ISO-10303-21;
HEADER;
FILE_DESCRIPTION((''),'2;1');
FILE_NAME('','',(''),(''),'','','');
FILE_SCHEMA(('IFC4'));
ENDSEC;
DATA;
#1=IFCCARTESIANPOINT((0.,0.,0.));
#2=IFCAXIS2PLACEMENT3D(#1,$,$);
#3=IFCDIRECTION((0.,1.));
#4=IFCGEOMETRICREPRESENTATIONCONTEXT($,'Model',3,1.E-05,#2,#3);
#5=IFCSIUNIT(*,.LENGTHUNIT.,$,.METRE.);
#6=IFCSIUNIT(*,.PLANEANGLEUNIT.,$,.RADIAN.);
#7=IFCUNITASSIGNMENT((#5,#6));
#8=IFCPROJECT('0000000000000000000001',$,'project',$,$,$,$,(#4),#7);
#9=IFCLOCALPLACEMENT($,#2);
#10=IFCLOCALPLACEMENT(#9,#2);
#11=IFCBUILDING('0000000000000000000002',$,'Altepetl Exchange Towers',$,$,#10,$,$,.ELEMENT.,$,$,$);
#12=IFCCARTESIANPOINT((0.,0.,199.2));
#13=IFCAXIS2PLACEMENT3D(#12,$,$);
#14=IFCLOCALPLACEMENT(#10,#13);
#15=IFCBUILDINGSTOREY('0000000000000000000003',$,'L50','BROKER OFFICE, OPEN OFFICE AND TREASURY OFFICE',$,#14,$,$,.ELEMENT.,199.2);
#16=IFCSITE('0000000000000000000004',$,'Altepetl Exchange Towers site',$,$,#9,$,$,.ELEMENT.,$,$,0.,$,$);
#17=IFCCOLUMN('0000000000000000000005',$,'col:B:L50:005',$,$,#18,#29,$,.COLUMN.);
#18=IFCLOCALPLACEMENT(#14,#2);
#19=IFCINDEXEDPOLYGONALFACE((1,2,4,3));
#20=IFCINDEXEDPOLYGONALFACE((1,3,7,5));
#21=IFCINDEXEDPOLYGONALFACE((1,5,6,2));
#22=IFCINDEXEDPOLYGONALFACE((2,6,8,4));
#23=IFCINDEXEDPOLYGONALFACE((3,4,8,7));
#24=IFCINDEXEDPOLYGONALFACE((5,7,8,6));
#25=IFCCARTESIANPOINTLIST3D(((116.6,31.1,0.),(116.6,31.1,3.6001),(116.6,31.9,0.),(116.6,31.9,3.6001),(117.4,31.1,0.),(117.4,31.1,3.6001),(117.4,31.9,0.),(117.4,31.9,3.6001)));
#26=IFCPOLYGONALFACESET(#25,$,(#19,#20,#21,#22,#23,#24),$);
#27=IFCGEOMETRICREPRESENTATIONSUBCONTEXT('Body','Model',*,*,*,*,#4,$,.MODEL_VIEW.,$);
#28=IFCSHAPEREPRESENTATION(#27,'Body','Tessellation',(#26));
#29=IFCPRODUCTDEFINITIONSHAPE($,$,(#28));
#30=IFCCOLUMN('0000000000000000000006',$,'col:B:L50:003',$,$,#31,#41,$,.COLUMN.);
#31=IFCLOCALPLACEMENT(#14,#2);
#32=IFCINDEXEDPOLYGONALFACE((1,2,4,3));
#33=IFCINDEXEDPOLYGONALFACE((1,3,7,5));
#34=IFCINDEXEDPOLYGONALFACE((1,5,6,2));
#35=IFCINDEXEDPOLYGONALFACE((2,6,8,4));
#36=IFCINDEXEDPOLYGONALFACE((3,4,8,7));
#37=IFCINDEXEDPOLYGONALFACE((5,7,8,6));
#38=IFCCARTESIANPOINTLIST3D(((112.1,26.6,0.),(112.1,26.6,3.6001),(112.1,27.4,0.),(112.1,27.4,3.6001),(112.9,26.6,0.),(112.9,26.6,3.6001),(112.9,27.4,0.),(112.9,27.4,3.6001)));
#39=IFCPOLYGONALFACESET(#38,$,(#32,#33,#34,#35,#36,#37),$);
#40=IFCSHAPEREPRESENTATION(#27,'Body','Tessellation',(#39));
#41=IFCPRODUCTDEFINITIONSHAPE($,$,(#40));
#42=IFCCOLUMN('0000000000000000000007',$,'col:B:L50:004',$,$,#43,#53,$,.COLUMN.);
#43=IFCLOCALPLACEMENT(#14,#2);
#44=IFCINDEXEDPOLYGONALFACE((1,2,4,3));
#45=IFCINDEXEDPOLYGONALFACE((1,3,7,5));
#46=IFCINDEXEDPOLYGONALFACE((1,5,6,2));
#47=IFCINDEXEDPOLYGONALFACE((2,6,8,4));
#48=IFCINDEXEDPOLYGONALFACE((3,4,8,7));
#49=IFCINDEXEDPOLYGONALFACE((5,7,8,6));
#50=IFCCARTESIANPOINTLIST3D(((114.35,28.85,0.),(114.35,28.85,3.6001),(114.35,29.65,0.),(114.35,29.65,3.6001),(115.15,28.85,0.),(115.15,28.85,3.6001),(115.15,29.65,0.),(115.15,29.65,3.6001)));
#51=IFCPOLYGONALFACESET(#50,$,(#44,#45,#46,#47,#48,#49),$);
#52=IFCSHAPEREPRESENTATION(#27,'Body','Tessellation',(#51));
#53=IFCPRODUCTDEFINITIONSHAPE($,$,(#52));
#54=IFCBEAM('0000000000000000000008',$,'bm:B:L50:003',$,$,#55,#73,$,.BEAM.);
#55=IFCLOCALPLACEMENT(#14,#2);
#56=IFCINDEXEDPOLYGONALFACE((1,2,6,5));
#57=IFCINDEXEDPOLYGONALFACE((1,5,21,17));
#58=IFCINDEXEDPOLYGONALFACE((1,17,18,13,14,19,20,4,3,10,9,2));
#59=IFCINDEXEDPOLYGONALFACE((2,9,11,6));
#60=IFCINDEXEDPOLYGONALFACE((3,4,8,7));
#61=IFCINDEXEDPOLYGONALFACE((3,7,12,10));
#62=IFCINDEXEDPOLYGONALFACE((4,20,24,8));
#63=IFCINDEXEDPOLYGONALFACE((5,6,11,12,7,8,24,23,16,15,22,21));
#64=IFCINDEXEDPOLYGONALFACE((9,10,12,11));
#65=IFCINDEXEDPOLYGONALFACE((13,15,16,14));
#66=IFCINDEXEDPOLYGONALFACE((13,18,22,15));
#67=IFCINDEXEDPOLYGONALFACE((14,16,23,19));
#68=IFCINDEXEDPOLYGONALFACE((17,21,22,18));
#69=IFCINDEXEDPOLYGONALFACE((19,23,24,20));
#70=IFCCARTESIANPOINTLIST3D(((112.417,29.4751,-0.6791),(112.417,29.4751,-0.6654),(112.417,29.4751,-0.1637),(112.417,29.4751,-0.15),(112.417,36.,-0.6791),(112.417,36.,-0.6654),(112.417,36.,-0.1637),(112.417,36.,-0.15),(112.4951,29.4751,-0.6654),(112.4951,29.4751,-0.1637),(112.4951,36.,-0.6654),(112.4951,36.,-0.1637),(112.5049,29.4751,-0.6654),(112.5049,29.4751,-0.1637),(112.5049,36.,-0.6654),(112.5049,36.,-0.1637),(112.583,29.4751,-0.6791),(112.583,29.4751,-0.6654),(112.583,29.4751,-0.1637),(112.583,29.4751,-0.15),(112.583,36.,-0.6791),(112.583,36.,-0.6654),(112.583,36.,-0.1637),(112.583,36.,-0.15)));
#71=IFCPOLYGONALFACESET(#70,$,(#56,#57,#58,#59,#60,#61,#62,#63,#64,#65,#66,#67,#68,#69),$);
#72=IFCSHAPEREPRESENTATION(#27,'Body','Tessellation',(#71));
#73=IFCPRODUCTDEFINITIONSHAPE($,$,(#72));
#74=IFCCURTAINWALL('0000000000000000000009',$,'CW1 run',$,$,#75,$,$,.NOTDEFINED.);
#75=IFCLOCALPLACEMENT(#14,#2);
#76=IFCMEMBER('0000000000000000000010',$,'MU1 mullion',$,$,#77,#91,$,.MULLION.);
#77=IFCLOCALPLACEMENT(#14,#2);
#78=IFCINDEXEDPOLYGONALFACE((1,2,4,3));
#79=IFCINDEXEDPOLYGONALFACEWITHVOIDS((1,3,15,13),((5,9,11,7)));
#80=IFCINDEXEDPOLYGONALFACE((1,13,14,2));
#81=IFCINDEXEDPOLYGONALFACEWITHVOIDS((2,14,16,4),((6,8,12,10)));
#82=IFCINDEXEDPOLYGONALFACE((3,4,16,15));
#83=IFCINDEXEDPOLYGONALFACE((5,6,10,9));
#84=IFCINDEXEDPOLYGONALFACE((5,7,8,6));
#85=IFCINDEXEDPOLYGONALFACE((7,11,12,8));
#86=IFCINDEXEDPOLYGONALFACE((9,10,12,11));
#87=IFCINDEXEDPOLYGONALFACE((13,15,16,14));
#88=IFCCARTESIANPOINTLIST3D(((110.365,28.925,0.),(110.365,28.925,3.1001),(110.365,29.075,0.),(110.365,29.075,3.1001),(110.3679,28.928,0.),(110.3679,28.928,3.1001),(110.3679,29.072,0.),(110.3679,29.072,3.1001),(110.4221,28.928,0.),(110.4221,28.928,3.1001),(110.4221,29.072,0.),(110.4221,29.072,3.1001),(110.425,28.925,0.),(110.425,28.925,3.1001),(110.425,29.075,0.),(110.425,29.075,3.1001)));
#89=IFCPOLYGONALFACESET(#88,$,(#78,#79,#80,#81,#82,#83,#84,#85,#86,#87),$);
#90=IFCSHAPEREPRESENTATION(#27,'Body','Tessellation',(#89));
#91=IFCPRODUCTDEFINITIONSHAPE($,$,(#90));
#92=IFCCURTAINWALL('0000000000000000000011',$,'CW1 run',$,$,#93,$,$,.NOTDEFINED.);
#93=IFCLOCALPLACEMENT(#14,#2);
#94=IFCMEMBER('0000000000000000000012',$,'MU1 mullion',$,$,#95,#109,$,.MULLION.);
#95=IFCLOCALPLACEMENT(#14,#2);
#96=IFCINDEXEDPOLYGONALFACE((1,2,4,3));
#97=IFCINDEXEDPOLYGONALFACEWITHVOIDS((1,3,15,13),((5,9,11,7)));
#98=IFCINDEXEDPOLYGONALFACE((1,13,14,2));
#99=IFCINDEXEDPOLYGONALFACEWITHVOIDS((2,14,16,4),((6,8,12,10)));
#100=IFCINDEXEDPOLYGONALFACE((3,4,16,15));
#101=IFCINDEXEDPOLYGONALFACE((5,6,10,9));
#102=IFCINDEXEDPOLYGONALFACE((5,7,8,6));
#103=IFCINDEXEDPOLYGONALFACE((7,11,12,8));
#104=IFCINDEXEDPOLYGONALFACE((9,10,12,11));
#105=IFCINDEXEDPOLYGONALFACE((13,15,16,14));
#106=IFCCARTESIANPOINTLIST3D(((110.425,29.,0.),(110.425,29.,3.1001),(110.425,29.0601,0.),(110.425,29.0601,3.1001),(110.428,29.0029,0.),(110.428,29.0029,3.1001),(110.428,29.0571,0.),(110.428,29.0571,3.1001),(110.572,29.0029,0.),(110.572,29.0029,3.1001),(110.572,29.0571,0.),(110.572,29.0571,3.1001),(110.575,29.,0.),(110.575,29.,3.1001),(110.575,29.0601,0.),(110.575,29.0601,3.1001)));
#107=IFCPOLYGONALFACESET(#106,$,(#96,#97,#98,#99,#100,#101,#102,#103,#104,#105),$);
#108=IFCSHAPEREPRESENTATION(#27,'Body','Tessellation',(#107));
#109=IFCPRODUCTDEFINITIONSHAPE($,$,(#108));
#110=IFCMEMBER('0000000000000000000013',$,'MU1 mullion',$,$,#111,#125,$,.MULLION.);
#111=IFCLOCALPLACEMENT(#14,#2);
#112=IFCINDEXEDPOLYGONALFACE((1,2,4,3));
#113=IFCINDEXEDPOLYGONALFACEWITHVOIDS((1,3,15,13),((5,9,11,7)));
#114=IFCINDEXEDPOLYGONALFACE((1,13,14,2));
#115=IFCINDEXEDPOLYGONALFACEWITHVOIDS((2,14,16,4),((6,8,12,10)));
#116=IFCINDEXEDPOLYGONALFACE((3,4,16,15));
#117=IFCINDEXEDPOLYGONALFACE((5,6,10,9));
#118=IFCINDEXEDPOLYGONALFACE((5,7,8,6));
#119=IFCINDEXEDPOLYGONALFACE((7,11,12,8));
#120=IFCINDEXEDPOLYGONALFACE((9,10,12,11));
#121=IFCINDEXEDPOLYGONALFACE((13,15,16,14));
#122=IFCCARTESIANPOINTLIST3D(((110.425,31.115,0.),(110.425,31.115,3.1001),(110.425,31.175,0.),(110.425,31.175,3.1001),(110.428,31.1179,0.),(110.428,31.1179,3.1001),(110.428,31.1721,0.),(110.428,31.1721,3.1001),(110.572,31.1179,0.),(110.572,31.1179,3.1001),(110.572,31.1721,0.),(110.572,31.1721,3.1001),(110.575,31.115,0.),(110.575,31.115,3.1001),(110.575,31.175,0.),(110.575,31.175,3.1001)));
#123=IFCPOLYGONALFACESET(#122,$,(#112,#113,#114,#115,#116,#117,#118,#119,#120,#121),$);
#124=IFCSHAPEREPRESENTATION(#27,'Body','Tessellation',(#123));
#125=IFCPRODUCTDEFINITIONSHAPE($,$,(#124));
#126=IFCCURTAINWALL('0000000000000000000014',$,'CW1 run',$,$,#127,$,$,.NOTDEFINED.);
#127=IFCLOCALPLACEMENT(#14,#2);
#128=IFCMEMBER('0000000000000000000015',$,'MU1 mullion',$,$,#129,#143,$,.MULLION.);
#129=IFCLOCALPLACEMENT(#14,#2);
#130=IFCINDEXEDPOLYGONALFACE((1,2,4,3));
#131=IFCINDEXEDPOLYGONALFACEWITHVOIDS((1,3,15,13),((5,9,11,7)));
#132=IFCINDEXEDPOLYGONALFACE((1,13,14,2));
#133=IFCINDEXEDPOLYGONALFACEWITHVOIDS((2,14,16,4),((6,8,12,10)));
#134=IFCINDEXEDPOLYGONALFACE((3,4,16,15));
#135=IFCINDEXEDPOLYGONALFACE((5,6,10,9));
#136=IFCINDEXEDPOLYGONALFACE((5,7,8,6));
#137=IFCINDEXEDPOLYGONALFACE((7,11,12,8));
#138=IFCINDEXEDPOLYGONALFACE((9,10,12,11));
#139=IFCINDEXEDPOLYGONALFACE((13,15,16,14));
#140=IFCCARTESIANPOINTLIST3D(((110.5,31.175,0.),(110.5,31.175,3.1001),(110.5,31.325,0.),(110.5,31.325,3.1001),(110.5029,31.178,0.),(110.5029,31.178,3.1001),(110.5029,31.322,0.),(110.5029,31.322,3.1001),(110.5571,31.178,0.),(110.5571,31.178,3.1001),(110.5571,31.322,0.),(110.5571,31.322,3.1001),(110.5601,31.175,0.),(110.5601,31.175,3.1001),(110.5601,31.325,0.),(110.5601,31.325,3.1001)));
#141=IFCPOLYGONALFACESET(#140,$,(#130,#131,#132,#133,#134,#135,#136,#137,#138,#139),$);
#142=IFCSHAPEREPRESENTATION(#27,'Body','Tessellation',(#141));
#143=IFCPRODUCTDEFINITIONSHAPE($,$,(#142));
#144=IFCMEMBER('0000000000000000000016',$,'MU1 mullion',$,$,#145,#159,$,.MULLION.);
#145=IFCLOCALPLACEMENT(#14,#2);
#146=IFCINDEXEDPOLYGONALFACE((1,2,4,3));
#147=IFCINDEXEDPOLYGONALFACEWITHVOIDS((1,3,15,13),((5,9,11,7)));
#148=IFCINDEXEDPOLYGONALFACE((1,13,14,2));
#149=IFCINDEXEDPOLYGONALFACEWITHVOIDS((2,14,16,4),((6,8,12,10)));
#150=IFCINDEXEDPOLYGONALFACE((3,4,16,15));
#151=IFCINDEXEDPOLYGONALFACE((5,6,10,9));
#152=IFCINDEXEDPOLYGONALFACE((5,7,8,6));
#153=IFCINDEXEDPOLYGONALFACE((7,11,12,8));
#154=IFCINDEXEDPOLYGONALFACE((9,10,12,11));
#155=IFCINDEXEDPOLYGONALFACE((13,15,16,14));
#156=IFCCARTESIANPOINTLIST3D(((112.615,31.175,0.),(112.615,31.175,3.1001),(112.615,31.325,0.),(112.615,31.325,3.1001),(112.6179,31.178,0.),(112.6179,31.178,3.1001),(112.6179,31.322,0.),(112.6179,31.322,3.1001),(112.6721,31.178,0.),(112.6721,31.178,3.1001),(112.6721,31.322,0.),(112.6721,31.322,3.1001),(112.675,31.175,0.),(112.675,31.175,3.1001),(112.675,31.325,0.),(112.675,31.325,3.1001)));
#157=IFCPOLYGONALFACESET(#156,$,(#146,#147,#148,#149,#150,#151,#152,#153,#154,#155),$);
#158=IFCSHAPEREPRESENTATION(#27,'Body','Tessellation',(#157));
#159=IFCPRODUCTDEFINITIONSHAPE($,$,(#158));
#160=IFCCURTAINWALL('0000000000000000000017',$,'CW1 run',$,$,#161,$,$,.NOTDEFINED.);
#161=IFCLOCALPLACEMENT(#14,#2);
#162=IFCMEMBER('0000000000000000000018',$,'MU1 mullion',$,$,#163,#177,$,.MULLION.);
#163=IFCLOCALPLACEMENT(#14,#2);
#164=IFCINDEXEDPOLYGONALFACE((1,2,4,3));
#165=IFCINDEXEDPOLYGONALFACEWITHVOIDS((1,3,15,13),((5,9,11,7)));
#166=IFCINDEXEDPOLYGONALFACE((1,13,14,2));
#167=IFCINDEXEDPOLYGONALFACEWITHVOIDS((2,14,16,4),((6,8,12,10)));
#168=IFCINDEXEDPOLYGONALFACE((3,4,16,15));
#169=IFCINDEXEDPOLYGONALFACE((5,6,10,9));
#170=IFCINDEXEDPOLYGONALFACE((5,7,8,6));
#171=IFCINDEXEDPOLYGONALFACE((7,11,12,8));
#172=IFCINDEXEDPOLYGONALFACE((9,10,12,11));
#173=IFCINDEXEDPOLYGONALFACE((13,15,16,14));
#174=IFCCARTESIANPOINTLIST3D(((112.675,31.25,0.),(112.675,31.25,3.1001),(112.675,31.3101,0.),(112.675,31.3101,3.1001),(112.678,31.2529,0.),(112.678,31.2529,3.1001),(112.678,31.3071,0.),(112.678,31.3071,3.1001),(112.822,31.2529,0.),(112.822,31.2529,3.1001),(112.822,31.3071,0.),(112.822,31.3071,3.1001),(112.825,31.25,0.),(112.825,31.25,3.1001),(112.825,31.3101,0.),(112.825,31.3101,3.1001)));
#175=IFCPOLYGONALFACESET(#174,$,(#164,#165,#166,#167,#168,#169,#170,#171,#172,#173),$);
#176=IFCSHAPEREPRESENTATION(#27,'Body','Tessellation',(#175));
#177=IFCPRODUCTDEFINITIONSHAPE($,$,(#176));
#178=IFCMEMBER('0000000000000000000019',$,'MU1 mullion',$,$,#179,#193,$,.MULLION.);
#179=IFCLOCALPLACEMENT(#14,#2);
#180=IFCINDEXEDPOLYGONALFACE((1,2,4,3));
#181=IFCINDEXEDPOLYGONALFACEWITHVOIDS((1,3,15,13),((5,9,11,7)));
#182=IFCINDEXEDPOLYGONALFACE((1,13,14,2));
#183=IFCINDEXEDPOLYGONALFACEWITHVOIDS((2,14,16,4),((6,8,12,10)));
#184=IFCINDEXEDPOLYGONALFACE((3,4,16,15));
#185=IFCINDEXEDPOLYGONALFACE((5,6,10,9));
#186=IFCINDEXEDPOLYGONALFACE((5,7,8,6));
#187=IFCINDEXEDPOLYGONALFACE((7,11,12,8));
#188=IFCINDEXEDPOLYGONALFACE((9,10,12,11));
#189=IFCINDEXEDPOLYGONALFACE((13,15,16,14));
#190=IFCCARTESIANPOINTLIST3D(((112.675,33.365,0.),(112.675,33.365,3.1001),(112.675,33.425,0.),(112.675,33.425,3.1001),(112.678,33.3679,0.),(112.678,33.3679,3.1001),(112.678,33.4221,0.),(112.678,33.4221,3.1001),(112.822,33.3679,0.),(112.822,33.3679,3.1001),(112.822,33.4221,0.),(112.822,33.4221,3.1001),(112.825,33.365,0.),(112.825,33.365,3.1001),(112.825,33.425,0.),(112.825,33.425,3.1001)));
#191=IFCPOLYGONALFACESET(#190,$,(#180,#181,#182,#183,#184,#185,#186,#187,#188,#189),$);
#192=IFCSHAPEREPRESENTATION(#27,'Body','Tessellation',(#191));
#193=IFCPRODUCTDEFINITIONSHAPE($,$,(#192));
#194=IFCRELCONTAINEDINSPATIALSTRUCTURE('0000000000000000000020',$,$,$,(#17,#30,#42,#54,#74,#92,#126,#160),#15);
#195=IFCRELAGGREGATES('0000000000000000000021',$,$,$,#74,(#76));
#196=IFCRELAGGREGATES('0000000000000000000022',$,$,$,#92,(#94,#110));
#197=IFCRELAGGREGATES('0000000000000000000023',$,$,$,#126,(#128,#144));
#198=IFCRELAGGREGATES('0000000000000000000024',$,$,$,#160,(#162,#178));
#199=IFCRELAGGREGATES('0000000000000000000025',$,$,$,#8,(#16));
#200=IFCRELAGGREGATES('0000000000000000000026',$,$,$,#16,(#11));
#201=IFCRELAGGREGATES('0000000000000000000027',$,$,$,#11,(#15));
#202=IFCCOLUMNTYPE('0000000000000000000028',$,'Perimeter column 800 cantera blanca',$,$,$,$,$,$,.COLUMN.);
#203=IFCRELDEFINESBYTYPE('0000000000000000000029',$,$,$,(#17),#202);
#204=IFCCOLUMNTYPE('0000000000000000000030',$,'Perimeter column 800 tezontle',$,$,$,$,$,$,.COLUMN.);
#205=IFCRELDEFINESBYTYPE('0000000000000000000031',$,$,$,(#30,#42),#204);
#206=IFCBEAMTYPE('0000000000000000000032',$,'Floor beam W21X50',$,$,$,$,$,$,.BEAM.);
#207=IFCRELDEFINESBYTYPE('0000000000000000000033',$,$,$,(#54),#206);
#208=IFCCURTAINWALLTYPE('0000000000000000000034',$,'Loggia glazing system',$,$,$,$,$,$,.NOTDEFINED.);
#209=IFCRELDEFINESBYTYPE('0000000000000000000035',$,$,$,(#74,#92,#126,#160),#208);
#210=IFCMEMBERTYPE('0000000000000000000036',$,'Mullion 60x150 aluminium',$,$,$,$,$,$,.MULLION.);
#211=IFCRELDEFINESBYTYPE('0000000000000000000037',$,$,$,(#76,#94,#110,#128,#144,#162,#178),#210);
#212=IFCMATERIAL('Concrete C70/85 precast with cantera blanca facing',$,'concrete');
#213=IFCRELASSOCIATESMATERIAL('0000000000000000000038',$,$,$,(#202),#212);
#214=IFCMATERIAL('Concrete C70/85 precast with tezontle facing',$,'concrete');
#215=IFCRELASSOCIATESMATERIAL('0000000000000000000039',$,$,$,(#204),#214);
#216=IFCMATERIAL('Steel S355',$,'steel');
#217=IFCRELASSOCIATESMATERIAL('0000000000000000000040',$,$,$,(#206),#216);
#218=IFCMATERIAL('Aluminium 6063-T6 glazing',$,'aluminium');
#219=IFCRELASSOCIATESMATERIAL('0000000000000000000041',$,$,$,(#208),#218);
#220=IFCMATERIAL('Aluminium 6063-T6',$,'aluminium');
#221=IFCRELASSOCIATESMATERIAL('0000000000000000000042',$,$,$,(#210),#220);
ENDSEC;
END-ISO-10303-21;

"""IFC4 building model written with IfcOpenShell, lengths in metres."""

from ifc_helpers import new_model, si_unit, direction, frame, origin, origin_2d, place, context, subcontext, project, spatial, rectangle, hollow_rectangle, i_section, extrude, material, material_profile, profile_set, type_object, element, aggregate, save


model = new_model("IFC4")

# Units and contexts
model_context = context("Model", 3, precision=1e-05, world=origin(), true_north=direction((0.0, 1.0)))
body_context = subcontext(model_context, "Body", "Model", "MODEL_VIEW")
ifc_project = project(units=[si_unit("LENGTHUNIT", "METRE"), si_unit("PLANEANGLEUNIT", "RADIAN")], contexts=[model_context])

# Site, building, storey
site_placement = place(None, origin())
site = spatial("IfcSite", under=ifc_project, at=site_placement, Name="Altepetl Exchange Towers site", CompositionType="ELEMENT", RefElevation=0.0)
building_placement = place(site_placement, origin())
building = spatial("IfcBuilding", under=site, at=building_placement, Name="Altepetl Exchange Towers", CompositionType="ELEMENT")
storey_placement = place(building_placement, frame((0.0, 0.0, 199.2)))
storey = spatial("IfcBuildingStorey", under=building, at=storey_placement, Name="L50", Description="BROKER OFFICE, OPEN OFFICE AND TREASURY OFFICE", CompositionType="ELEMENT", Elevation=199.2)

# Columns
ifc_material_1 = material(Name="Concrete C70/85 precast with cantera blanca facing", Category="concrete")
ifc_material_profile_1 = material_profile(ifc_material_1, rectangle(XDim=0.8, YDim=0.8, at=origin_2d()), Name="800 x 800")
ifc_profile_set_1 = profile_set([ifc_material_profile_1], Name="Concrete C70/85 precast with cantera blanca facing")
column_type_1 = type_object("IfcColumnType", Name="Perimeter column 800 cantera blanca", PredefinedType="COLUMN", material=ifc_profile_set_1)
column_placement = place(storey_placement, frame((117.0, 31.5, 0.0)))
element("IfcColumn", 1, at=column_placement, inside=storey, type_object=column_type_1, Name="col:B:L50:005", PredefinedType="COLUMN", context=body_context, shape_type="SweptSolid", body=[
    extrude(rectangle(XDim=0.8, YDim=0.8, at=origin_2d()), origin(), (0.0, 0.0, 1.0), 3.6001),
])
ifc_material_2 = material(Name="Concrete C70/85 precast with tezontle facing", Category="concrete")
ifc_material_profile_2 = material_profile(ifc_material_2, rectangle(XDim=0.8, YDim=0.8, at=origin_2d()), Name="800 x 800")
ifc_profile_set_2 = profile_set([ifc_material_profile_2], Name="Concrete C70/85 precast with tezontle facing")
column_type_2 = type_object("IfcColumnType", Name="Perimeter column 800 tezontle", PredefinedType="COLUMN", material=ifc_profile_set_2)
for number, where, name in (
    (2, (112.5, 27.0, 0.0), "col:B:L50:003"),
    (3, (114.75, 29.25, 0.0), "col:B:L50:004"),
):
    element("IfcColumn", number, at=place(storey_placement, frame(where)), inside=storey, type_object=column_type_2, Name=name, PredefinedType="COLUMN", context=body_context, shape_type="SweptSolid", body=[
        extrude(rectangle(XDim=0.8, YDim=0.8, at=origin_2d()), origin(), (0.0, 0.0, 1.0), 3.6001),
    ])

# Beam
ifc_material_3 = material(Name="Steel S355", Category="steel")
ifc_material_profile_3 = material_profile(ifc_material_3, i_section(OverallWidth=0.166, OverallDepth=0.5291, WebThickness=0.0098, FlangeThickness=0.0137, at=origin_2d()), Name="W21X50")
ifc_profile_set_3 = profile_set([ifc_material_profile_3], Name="Steel S355")
beam_type_1 = type_object("IfcBeamType", Name="Floor beam W21X50", PredefinedType="BEAM", material=ifc_profile_set_3)
beam_1_placement = place(storey_placement, frame((112.5, 29.4751, -0.4146), z_axis=(0.0, 1.0, 0.0), x_axis=(-1.0, 0.0, 0.0)))
element("IfcBeam", 4, at=beam_1_placement, inside=storey, type_object=beam_type_1, Name="bm:B:L50:003", PredefinedType="BEAM", context=body_context, shape_type="SweptSolid", body=[
    extrude(i_section(OverallWidth=0.166, OverallDepth=0.5291, WebThickness=0.0098, FlangeThickness=0.0137, at=origin_2d()), origin(), (0.0, 0.0, 1.0), 6.5249),
])

# Curtain wall, member
ifc_material_4 = material(Name="Aluminium 6063-T6 glazing", Category="aluminium")
curtain_wall_type = type_object("IfcCurtainWallType", Name="Loggia glazing system", PredefinedType="NOTDEFINED", material=ifc_material_4)
curtain_wall_1_placement = place(storey_placement, origin())
curtain_wall_1 = element("IfcCurtainWall", 5, at=curtain_wall_1_placement, inside=storey, type_object=curtain_wall_type, Name="CW1 run", PredefinedType="NOTDEFINED")
ifc_material_5 = material(Name="Aluminium 6063-T6", Category="aluminium")
ifc_material_profile_4 = material_profile(ifc_material_5, hollow_rectangle(XDim=0.0601, YDim=0.1499, WallThickness=0.0029, at=origin_2d()), Name="Mullion 60x150 aluminium")
ifc_profile_set_4 = profile_set([ifc_material_profile_4], Name="Aluminium 6063-T6")
member_type = type_object("IfcMemberType", Name="Mullion 60x150 aluminium", PredefinedType="MULLION", material=ifc_profile_set_4)
member_1_placement = place(storey_placement, frame((110.395, 29.0, 0.0)))
member_1 = element("IfcMember", 6, at=member_1_placement, type_object=member_type, Name="MU1 mullion", PredefinedType="MULLION", context=body_context, shape_type="SweptSolid", body=[
    extrude(hollow_rectangle(XDim=0.0601, YDim=0.1499, WallThickness=0.0029, at=origin_2d()), origin(), (0.0, 0.0, 1.0), 3.1001),
])
aggregate(curtain_wall_1, [member_1])

# Curtain walls, members
curtain_wall_2_placement = place(storey_placement, origin())
curtain_wall_2 = element("IfcCurtainWall", 7, at=curtain_wall_2_placement, inside=storey, type_object=curtain_wall_type, Name="CW1 run", PredefinedType="NOTDEFINED")
member_2_placement = place(storey_placement, frame((110.5, 29.03, 0.0), z_axis=(0.0, 0.0, 1.0), x_axis=(0.0, 1.0, 0.0)))
member_2 = element("IfcMember", 8, at=member_2_placement, type_object=member_type, Name="MU1 mullion", PredefinedType="MULLION", context=body_context, shape_type="SweptSolid", body=[
    extrude(hollow_rectangle(XDim=0.0601, YDim=0.1499, WallThickness=0.0029, at=origin_2d()), origin(), (0.0, 0.0, 1.0), 3.1001),
])
member_3_placement = place(storey_placement, frame((110.5, 31.145, 0.0), z_axis=(0.0, 0.0, 1.0), x_axis=(0.0, 1.0, 0.0)))
member_3 = element("IfcMember", 9, at=member_3_placement, type_object=member_type, Name="MU1 mullion", PredefinedType="MULLION", context=body_context, shape_type="SweptSolid", body=[
    extrude(hollow_rectangle(XDim=0.0601, YDim=0.1499, WallThickness=0.0029, at=origin_2d()), origin(), (0.0, 0.0, 1.0), 3.1001),
])
curtain_wall_3_placement = place(storey_placement, origin())
curtain_wall_3 = element("IfcCurtainWall", 10, at=curtain_wall_3_placement, inside=storey, type_object=curtain_wall_type, Name="CW1 run", PredefinedType="NOTDEFINED")
member_4_placement = place(storey_placement, frame((110.53, 31.25, 0.0)))
member_4 = element("IfcMember", 11, at=member_4_placement, type_object=member_type, Name="MU1 mullion", PredefinedType="MULLION", context=body_context, shape_type="SweptSolid", body=[
    extrude(hollow_rectangle(XDim=0.0601, YDim=0.1499, WallThickness=0.0029, at=origin_2d()), origin(), (0.0, 0.0, 1.0), 3.1001),
])
member_5_placement = place(storey_placement, frame((112.645, 31.25, 0.0)))
member_5 = element("IfcMember", 12, at=member_5_placement, type_object=member_type, Name="MU1 mullion", PredefinedType="MULLION", context=body_context, shape_type="SweptSolid", body=[
    extrude(hollow_rectangle(XDim=0.0601, YDim=0.1499, WallThickness=0.0029, at=origin_2d()), origin(), (0.0, 0.0, 1.0), 3.1001),
])
curtain_wall_4_placement = place(storey_placement, origin())
curtain_wall_4 = element("IfcCurtainWall", 13, at=curtain_wall_4_placement, inside=storey, type_object=curtain_wall_type, Name="CW1 run", PredefinedType="NOTDEFINED")
member_6_placement = place(storey_placement, frame((112.75, 31.28, 0.0), z_axis=(0.0, 0.0, 1.0), x_axis=(0.0, 1.0, 0.0)))
member_6 = element("IfcMember", 14, at=member_6_placement, type_object=member_type, Name="MU1 mullion", PredefinedType="MULLION", context=body_context, shape_type="SweptSolid", body=[
    extrude(hollow_rectangle(XDim=0.0601, YDim=0.1499, WallThickness=0.0029, at=origin_2d()), origin(), (0.0, 0.0, 1.0), 3.1001),
])
member_7_placement = place(storey_placement, frame((112.75, 33.395, 0.0), z_axis=(0.0, 0.0, 1.0), x_axis=(0.0, 1.0, 0.0)))
member_7 = element("IfcMember", 15, at=member_7_placement, type_object=member_type, Name="MU1 mullion", PredefinedType="MULLION", context=body_context, shape_type="SweptSolid", body=[
    extrude(hollow_rectangle(XDim=0.0601, YDim=0.1499, WallThickness=0.0029, at=origin_2d()), origin(), (0.0, 0.0, 1.0), 3.1001),
])

aggregate(curtain_wall_2, [member_2, member_3])
aggregate(curtain_wall_3, [member_4, member_5])
aggregate(curtain_wall_4, [member_6, member_7])

save(model, "model.ifc")
